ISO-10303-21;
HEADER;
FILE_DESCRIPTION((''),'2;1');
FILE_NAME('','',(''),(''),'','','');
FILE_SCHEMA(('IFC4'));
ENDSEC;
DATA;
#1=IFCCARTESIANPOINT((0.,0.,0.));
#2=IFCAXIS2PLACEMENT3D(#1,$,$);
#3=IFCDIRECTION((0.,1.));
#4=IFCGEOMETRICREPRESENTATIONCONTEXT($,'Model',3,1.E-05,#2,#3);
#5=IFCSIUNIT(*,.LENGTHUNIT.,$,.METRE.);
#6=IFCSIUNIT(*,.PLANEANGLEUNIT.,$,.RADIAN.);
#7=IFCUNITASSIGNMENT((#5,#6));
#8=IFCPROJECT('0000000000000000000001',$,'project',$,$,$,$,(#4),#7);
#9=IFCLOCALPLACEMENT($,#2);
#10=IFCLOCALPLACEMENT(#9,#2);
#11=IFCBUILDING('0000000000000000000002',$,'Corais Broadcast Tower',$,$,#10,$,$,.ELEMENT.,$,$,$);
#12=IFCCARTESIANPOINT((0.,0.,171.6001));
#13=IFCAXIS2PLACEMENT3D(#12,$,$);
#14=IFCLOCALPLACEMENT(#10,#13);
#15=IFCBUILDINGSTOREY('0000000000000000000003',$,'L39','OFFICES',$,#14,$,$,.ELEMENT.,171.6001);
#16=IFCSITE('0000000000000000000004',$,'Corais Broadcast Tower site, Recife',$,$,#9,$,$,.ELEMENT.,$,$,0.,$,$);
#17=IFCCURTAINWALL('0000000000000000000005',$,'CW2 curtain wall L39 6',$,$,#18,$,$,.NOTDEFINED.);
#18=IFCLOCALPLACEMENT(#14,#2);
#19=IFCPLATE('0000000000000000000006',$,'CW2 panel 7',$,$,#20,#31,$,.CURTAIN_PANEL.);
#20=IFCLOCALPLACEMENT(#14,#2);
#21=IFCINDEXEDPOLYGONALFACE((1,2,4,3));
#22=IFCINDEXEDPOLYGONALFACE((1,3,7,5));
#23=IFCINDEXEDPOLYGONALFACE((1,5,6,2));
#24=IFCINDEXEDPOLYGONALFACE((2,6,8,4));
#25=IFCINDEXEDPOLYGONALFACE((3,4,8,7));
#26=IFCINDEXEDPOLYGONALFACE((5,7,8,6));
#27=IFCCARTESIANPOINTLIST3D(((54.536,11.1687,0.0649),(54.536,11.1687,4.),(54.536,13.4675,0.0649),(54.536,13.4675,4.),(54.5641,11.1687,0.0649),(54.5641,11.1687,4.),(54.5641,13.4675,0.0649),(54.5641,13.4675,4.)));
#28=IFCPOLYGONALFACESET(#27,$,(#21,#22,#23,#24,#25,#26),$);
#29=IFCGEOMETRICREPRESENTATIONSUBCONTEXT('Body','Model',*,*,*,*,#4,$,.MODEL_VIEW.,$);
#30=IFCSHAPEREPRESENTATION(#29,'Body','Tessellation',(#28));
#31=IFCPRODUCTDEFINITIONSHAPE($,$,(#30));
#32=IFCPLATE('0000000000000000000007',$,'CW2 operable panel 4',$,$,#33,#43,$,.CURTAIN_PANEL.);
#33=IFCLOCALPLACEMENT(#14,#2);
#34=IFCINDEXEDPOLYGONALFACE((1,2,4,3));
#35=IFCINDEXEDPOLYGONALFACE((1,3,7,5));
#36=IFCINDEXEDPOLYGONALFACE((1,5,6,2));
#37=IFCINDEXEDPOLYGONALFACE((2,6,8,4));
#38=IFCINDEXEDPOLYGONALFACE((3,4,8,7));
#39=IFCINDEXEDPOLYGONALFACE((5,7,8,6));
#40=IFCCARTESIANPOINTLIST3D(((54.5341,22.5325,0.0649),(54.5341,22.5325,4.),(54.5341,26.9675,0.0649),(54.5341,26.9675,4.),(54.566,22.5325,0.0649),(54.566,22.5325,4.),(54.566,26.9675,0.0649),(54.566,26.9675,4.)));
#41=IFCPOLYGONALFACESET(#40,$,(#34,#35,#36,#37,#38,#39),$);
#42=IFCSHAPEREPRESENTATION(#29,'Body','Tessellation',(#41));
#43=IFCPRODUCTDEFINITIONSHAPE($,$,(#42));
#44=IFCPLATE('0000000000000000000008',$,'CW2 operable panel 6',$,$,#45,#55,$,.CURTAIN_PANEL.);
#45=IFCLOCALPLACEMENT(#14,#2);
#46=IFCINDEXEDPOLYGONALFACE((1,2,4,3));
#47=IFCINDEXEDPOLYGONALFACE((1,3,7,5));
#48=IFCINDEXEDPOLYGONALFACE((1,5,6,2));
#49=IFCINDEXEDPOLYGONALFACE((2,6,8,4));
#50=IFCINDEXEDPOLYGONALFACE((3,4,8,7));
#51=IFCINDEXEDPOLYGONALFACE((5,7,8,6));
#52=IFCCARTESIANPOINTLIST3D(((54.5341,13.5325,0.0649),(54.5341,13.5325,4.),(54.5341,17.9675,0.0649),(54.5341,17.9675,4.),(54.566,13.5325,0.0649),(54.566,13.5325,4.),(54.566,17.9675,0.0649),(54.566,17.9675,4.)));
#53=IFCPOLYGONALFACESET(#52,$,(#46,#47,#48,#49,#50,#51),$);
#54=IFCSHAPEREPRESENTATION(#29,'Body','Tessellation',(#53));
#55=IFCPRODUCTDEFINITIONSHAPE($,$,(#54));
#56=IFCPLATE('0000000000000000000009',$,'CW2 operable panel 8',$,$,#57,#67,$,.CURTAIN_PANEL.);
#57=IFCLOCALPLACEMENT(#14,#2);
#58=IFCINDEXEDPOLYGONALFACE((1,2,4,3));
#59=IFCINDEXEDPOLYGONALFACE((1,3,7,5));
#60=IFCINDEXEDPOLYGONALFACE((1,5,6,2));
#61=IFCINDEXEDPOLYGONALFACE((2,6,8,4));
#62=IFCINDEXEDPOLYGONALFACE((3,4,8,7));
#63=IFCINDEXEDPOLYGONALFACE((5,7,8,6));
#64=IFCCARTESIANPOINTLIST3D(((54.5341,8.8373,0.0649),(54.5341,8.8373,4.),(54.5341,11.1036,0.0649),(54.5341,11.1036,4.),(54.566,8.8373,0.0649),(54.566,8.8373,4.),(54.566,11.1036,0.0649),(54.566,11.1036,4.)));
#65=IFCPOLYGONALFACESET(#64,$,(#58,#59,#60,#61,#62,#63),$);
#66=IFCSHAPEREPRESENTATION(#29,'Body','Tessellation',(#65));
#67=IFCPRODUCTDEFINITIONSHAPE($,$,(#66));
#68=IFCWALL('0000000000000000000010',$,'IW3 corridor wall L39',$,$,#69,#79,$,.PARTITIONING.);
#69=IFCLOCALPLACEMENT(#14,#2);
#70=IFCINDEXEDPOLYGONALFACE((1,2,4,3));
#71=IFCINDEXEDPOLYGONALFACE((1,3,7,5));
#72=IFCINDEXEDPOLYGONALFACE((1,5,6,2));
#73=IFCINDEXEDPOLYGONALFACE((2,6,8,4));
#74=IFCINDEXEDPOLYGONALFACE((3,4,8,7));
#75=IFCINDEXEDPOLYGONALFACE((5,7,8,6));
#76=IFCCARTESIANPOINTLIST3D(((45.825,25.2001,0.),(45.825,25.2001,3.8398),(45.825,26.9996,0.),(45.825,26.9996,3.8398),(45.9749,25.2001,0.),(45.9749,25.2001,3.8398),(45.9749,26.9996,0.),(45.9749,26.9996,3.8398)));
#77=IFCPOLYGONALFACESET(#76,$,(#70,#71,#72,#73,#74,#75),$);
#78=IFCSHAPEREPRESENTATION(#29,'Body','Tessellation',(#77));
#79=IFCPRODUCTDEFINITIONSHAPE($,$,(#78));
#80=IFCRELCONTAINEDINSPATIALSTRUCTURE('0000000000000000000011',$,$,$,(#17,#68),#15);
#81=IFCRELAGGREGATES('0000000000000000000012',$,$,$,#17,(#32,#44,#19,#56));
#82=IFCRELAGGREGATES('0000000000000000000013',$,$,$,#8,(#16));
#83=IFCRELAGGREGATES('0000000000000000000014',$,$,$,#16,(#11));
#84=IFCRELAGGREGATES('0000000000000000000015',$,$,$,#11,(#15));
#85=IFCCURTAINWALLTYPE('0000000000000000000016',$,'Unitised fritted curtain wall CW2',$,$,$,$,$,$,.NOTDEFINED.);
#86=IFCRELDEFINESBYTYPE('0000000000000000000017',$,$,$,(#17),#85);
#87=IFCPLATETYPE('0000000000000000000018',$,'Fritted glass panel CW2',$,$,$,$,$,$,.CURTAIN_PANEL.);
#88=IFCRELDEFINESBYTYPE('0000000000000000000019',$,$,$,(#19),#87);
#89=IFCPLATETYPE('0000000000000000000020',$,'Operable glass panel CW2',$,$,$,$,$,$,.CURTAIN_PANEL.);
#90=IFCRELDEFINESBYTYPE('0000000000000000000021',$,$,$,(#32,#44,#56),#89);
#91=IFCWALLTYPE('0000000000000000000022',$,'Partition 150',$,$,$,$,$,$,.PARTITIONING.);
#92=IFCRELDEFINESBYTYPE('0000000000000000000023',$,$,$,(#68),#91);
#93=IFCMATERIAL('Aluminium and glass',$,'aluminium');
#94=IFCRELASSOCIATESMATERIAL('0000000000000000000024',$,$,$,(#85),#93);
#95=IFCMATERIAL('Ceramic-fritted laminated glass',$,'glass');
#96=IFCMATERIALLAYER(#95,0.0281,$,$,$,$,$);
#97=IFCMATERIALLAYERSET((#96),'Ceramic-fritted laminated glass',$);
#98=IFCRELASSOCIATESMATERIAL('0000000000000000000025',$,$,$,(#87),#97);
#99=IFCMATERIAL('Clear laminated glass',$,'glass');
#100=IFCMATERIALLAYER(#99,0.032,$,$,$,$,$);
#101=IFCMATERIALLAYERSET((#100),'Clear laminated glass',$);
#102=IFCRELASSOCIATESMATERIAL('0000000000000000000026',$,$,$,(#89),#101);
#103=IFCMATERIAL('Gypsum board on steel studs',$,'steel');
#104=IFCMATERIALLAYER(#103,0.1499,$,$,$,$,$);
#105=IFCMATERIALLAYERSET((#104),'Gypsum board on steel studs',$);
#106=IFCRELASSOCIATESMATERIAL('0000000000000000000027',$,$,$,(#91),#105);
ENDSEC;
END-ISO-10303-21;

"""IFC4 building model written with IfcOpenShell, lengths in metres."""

from ifc_helpers import new_model, si_unit, direction, frame, frame_2d, origin, origin_2d, place, context, subcontext, project, spatial, rectangle, extrude, material, layer, layer_set, type_object, element, aggregate, save


model = new_model("IFC4")

# Units and contexts
model_context = context("Model", 3, precision=1e-05, world=origin(), true_north=direction((0.0, 1.0)))
body_context = subcontext(model_context, "Body", "Model", "MODEL_VIEW")
ifc_project = project(units=[si_unit("LENGTHUNIT", "METRE"), si_unit("PLANEANGLEUNIT", "RADIAN")], contexts=[model_context])

# Site, building, storey
site_placement = place(None, origin())
site = spatial("IfcSite", under=ifc_project, at=site_placement, Name="Corais Broadcast Tower site, Recife", CompositionType="ELEMENT", RefElevation=0.0)
building_placement = place(site_placement, origin())
building = spatial("IfcBuilding", under=site, at=building_placement, Name="Corais Broadcast Tower", CompositionType="ELEMENT")
storey_placement = place(building_placement, frame((0.0, 0.0, 171.6001)))
storey = spatial("IfcBuildingStorey", under=building, at=storey_placement, Name="L39", Description="OFFICES", CompositionType="ELEMENT", Elevation=171.6001)

# Curtain wall
ifc_material_1 = material(Name="Aluminium and glass", Category="aluminium")
curtain_wall_type = type_object("IfcCurtainWallType", Name="Unitised fritted curtain wall CW2", PredefinedType="NOTDEFINED", material=ifc_material_1)
curtain_wall_placement = place(storey_placement, origin())
curtain_wall = element("IfcCurtainWall", 1, at=curtain_wall_placement, inside=storey, type_object=curtain_wall_type, Name="CW2 curtain wall L39 6", PredefinedType="NOTDEFINED")

# Plates
ifc_material_2 = material(Name="Ceramic-fritted laminated glass", Category="glass")
ifc_layer_1 = layer(ifc_material_2, 0.0281)
ifc_layer_set_1 = layer_set([ifc_layer_1], Name="Ceramic-fritted laminated glass")
plate_type_1 = type_object("IfcPlateType", Name="Fritted glass panel CW2", PredefinedType="CURTAIN_PANEL", material=ifc_layer_set_1)
plate_1_placement = place(storey_placement, frame((54.55, 12.3181, 0.0649), z_axis=(0.0, 0.0, 1.0), x_axis=(0.0, -1.0, 0.0)))
plate_1 = element("IfcPlate", 2, at=plate_1_placement, type_object=plate_type_1, Name="CW2 panel 7", PredefinedType="CURTAIN_PANEL", context=body_context, shape_type="SweptSolid", body=[
    extrude(rectangle(XDim=2.2988, YDim=0.0281, at=origin_2d()), origin(), (0.0, 0.0, 1.0), 3.9351),
])
ifc_material_3 = material(Name="Clear laminated glass", Category="glass")
ifc_layer_2 = layer(ifc_material_3, 0.032)
ifc_layer_set_2 = layer_set([ifc_layer_2], Name="Clear laminated glass")
plate_type_2 = type_object("IfcPlateType", Name="Operable glass panel CW2", PredefinedType="CURTAIN_PANEL", material=ifc_layer_set_2)
plate_2_placement = place(storey_placement, frame((54.55, 24.75, 0.0649), z_axis=(0.0, 0.0, 1.0), x_axis=(0.0, -1.0, 0.0)))
plate_2 = element("IfcPlate", 3, at=plate_2_placement, type_object=plate_type_2, Name="CW2 operable panel 4", PredefinedType="CURTAIN_PANEL", context=body_context, shape_type="SweptSolid", body=[
    extrude(rectangle(XDim=4.4351, YDim=0.032, at=origin_2d()), origin(), (0.0, 0.0, 1.0), 3.9351),
])
plate_3_placement = place(storey_placement, frame((54.55, 15.75, 0.0649), z_axis=(0.0, 0.0, 1.0), x_axis=(0.0, -1.0, 0.0)))
plate_3 = element("IfcPlate", 4, at=plate_3_placement, type_object=plate_type_2, Name="CW2 operable panel 6", PredefinedType="CURTAIN_PANEL", context=body_context, shape_type="SweptSolid", body=[
    extrude(rectangle(XDim=4.4351, YDim=0.032, at=origin_2d()), origin(), (0.0, 0.0, 1.0), 3.9351),
])
plate_4_placement = place(storey_placement, frame((54.55, 9.9705, 0.0649), z_axis=(0.0, 0.0, 1.0), x_axis=(0.0, -1.0, 0.0)))
plate_4 = element("IfcPlate", 5, at=plate_4_placement, type_object=plate_type_2, Name="CW2 operable panel 8", PredefinedType="CURTAIN_PANEL", context=body_context, shape_type="SweptSolid", body=[
    extrude(rectangle(XDim=2.2664, YDim=0.032, at=origin_2d()), origin(), (0.0, 0.0, 1.0), 3.9351),
])
aggregate(curtain_wall, [plate_2, plate_3, plate_1, plate_4])

# Wall
ifc_material_4 = material(Name="Gypsum board on steel studs", Category="steel")
ifc_layer_3 = layer(ifc_material_4, 0.1499)
ifc_layer_set_3 = layer_set([ifc_layer_3], Name="Gypsum board on steel studs")
wall_type = type_object("IfcWallType", Name="Partition 150", PredefinedType="PARTITIONING", material=ifc_layer_set_3)
wall_placement = place(storey_placement, frame((45.8999, 25.2, 0.0), z_axis=(0.0, 0.0, 1.0), x_axis=(0.0, 1.0, 0.0)))
element("IfcWall", 6, at=wall_placement, inside=storey, type_object=wall_type, Name="IW3 corridor wall L39", PredefinedType="PARTITIONING", context=body_context, shape_type="SweptSolid", body=[
    extrude(rectangle(XDim=1.7996, YDim=0.1499, at=frame_2d((0.8999, 0.0))), origin(), (0.0, 0.0, 1.0), 3.8398),
])

save(model, "model.ifc")
